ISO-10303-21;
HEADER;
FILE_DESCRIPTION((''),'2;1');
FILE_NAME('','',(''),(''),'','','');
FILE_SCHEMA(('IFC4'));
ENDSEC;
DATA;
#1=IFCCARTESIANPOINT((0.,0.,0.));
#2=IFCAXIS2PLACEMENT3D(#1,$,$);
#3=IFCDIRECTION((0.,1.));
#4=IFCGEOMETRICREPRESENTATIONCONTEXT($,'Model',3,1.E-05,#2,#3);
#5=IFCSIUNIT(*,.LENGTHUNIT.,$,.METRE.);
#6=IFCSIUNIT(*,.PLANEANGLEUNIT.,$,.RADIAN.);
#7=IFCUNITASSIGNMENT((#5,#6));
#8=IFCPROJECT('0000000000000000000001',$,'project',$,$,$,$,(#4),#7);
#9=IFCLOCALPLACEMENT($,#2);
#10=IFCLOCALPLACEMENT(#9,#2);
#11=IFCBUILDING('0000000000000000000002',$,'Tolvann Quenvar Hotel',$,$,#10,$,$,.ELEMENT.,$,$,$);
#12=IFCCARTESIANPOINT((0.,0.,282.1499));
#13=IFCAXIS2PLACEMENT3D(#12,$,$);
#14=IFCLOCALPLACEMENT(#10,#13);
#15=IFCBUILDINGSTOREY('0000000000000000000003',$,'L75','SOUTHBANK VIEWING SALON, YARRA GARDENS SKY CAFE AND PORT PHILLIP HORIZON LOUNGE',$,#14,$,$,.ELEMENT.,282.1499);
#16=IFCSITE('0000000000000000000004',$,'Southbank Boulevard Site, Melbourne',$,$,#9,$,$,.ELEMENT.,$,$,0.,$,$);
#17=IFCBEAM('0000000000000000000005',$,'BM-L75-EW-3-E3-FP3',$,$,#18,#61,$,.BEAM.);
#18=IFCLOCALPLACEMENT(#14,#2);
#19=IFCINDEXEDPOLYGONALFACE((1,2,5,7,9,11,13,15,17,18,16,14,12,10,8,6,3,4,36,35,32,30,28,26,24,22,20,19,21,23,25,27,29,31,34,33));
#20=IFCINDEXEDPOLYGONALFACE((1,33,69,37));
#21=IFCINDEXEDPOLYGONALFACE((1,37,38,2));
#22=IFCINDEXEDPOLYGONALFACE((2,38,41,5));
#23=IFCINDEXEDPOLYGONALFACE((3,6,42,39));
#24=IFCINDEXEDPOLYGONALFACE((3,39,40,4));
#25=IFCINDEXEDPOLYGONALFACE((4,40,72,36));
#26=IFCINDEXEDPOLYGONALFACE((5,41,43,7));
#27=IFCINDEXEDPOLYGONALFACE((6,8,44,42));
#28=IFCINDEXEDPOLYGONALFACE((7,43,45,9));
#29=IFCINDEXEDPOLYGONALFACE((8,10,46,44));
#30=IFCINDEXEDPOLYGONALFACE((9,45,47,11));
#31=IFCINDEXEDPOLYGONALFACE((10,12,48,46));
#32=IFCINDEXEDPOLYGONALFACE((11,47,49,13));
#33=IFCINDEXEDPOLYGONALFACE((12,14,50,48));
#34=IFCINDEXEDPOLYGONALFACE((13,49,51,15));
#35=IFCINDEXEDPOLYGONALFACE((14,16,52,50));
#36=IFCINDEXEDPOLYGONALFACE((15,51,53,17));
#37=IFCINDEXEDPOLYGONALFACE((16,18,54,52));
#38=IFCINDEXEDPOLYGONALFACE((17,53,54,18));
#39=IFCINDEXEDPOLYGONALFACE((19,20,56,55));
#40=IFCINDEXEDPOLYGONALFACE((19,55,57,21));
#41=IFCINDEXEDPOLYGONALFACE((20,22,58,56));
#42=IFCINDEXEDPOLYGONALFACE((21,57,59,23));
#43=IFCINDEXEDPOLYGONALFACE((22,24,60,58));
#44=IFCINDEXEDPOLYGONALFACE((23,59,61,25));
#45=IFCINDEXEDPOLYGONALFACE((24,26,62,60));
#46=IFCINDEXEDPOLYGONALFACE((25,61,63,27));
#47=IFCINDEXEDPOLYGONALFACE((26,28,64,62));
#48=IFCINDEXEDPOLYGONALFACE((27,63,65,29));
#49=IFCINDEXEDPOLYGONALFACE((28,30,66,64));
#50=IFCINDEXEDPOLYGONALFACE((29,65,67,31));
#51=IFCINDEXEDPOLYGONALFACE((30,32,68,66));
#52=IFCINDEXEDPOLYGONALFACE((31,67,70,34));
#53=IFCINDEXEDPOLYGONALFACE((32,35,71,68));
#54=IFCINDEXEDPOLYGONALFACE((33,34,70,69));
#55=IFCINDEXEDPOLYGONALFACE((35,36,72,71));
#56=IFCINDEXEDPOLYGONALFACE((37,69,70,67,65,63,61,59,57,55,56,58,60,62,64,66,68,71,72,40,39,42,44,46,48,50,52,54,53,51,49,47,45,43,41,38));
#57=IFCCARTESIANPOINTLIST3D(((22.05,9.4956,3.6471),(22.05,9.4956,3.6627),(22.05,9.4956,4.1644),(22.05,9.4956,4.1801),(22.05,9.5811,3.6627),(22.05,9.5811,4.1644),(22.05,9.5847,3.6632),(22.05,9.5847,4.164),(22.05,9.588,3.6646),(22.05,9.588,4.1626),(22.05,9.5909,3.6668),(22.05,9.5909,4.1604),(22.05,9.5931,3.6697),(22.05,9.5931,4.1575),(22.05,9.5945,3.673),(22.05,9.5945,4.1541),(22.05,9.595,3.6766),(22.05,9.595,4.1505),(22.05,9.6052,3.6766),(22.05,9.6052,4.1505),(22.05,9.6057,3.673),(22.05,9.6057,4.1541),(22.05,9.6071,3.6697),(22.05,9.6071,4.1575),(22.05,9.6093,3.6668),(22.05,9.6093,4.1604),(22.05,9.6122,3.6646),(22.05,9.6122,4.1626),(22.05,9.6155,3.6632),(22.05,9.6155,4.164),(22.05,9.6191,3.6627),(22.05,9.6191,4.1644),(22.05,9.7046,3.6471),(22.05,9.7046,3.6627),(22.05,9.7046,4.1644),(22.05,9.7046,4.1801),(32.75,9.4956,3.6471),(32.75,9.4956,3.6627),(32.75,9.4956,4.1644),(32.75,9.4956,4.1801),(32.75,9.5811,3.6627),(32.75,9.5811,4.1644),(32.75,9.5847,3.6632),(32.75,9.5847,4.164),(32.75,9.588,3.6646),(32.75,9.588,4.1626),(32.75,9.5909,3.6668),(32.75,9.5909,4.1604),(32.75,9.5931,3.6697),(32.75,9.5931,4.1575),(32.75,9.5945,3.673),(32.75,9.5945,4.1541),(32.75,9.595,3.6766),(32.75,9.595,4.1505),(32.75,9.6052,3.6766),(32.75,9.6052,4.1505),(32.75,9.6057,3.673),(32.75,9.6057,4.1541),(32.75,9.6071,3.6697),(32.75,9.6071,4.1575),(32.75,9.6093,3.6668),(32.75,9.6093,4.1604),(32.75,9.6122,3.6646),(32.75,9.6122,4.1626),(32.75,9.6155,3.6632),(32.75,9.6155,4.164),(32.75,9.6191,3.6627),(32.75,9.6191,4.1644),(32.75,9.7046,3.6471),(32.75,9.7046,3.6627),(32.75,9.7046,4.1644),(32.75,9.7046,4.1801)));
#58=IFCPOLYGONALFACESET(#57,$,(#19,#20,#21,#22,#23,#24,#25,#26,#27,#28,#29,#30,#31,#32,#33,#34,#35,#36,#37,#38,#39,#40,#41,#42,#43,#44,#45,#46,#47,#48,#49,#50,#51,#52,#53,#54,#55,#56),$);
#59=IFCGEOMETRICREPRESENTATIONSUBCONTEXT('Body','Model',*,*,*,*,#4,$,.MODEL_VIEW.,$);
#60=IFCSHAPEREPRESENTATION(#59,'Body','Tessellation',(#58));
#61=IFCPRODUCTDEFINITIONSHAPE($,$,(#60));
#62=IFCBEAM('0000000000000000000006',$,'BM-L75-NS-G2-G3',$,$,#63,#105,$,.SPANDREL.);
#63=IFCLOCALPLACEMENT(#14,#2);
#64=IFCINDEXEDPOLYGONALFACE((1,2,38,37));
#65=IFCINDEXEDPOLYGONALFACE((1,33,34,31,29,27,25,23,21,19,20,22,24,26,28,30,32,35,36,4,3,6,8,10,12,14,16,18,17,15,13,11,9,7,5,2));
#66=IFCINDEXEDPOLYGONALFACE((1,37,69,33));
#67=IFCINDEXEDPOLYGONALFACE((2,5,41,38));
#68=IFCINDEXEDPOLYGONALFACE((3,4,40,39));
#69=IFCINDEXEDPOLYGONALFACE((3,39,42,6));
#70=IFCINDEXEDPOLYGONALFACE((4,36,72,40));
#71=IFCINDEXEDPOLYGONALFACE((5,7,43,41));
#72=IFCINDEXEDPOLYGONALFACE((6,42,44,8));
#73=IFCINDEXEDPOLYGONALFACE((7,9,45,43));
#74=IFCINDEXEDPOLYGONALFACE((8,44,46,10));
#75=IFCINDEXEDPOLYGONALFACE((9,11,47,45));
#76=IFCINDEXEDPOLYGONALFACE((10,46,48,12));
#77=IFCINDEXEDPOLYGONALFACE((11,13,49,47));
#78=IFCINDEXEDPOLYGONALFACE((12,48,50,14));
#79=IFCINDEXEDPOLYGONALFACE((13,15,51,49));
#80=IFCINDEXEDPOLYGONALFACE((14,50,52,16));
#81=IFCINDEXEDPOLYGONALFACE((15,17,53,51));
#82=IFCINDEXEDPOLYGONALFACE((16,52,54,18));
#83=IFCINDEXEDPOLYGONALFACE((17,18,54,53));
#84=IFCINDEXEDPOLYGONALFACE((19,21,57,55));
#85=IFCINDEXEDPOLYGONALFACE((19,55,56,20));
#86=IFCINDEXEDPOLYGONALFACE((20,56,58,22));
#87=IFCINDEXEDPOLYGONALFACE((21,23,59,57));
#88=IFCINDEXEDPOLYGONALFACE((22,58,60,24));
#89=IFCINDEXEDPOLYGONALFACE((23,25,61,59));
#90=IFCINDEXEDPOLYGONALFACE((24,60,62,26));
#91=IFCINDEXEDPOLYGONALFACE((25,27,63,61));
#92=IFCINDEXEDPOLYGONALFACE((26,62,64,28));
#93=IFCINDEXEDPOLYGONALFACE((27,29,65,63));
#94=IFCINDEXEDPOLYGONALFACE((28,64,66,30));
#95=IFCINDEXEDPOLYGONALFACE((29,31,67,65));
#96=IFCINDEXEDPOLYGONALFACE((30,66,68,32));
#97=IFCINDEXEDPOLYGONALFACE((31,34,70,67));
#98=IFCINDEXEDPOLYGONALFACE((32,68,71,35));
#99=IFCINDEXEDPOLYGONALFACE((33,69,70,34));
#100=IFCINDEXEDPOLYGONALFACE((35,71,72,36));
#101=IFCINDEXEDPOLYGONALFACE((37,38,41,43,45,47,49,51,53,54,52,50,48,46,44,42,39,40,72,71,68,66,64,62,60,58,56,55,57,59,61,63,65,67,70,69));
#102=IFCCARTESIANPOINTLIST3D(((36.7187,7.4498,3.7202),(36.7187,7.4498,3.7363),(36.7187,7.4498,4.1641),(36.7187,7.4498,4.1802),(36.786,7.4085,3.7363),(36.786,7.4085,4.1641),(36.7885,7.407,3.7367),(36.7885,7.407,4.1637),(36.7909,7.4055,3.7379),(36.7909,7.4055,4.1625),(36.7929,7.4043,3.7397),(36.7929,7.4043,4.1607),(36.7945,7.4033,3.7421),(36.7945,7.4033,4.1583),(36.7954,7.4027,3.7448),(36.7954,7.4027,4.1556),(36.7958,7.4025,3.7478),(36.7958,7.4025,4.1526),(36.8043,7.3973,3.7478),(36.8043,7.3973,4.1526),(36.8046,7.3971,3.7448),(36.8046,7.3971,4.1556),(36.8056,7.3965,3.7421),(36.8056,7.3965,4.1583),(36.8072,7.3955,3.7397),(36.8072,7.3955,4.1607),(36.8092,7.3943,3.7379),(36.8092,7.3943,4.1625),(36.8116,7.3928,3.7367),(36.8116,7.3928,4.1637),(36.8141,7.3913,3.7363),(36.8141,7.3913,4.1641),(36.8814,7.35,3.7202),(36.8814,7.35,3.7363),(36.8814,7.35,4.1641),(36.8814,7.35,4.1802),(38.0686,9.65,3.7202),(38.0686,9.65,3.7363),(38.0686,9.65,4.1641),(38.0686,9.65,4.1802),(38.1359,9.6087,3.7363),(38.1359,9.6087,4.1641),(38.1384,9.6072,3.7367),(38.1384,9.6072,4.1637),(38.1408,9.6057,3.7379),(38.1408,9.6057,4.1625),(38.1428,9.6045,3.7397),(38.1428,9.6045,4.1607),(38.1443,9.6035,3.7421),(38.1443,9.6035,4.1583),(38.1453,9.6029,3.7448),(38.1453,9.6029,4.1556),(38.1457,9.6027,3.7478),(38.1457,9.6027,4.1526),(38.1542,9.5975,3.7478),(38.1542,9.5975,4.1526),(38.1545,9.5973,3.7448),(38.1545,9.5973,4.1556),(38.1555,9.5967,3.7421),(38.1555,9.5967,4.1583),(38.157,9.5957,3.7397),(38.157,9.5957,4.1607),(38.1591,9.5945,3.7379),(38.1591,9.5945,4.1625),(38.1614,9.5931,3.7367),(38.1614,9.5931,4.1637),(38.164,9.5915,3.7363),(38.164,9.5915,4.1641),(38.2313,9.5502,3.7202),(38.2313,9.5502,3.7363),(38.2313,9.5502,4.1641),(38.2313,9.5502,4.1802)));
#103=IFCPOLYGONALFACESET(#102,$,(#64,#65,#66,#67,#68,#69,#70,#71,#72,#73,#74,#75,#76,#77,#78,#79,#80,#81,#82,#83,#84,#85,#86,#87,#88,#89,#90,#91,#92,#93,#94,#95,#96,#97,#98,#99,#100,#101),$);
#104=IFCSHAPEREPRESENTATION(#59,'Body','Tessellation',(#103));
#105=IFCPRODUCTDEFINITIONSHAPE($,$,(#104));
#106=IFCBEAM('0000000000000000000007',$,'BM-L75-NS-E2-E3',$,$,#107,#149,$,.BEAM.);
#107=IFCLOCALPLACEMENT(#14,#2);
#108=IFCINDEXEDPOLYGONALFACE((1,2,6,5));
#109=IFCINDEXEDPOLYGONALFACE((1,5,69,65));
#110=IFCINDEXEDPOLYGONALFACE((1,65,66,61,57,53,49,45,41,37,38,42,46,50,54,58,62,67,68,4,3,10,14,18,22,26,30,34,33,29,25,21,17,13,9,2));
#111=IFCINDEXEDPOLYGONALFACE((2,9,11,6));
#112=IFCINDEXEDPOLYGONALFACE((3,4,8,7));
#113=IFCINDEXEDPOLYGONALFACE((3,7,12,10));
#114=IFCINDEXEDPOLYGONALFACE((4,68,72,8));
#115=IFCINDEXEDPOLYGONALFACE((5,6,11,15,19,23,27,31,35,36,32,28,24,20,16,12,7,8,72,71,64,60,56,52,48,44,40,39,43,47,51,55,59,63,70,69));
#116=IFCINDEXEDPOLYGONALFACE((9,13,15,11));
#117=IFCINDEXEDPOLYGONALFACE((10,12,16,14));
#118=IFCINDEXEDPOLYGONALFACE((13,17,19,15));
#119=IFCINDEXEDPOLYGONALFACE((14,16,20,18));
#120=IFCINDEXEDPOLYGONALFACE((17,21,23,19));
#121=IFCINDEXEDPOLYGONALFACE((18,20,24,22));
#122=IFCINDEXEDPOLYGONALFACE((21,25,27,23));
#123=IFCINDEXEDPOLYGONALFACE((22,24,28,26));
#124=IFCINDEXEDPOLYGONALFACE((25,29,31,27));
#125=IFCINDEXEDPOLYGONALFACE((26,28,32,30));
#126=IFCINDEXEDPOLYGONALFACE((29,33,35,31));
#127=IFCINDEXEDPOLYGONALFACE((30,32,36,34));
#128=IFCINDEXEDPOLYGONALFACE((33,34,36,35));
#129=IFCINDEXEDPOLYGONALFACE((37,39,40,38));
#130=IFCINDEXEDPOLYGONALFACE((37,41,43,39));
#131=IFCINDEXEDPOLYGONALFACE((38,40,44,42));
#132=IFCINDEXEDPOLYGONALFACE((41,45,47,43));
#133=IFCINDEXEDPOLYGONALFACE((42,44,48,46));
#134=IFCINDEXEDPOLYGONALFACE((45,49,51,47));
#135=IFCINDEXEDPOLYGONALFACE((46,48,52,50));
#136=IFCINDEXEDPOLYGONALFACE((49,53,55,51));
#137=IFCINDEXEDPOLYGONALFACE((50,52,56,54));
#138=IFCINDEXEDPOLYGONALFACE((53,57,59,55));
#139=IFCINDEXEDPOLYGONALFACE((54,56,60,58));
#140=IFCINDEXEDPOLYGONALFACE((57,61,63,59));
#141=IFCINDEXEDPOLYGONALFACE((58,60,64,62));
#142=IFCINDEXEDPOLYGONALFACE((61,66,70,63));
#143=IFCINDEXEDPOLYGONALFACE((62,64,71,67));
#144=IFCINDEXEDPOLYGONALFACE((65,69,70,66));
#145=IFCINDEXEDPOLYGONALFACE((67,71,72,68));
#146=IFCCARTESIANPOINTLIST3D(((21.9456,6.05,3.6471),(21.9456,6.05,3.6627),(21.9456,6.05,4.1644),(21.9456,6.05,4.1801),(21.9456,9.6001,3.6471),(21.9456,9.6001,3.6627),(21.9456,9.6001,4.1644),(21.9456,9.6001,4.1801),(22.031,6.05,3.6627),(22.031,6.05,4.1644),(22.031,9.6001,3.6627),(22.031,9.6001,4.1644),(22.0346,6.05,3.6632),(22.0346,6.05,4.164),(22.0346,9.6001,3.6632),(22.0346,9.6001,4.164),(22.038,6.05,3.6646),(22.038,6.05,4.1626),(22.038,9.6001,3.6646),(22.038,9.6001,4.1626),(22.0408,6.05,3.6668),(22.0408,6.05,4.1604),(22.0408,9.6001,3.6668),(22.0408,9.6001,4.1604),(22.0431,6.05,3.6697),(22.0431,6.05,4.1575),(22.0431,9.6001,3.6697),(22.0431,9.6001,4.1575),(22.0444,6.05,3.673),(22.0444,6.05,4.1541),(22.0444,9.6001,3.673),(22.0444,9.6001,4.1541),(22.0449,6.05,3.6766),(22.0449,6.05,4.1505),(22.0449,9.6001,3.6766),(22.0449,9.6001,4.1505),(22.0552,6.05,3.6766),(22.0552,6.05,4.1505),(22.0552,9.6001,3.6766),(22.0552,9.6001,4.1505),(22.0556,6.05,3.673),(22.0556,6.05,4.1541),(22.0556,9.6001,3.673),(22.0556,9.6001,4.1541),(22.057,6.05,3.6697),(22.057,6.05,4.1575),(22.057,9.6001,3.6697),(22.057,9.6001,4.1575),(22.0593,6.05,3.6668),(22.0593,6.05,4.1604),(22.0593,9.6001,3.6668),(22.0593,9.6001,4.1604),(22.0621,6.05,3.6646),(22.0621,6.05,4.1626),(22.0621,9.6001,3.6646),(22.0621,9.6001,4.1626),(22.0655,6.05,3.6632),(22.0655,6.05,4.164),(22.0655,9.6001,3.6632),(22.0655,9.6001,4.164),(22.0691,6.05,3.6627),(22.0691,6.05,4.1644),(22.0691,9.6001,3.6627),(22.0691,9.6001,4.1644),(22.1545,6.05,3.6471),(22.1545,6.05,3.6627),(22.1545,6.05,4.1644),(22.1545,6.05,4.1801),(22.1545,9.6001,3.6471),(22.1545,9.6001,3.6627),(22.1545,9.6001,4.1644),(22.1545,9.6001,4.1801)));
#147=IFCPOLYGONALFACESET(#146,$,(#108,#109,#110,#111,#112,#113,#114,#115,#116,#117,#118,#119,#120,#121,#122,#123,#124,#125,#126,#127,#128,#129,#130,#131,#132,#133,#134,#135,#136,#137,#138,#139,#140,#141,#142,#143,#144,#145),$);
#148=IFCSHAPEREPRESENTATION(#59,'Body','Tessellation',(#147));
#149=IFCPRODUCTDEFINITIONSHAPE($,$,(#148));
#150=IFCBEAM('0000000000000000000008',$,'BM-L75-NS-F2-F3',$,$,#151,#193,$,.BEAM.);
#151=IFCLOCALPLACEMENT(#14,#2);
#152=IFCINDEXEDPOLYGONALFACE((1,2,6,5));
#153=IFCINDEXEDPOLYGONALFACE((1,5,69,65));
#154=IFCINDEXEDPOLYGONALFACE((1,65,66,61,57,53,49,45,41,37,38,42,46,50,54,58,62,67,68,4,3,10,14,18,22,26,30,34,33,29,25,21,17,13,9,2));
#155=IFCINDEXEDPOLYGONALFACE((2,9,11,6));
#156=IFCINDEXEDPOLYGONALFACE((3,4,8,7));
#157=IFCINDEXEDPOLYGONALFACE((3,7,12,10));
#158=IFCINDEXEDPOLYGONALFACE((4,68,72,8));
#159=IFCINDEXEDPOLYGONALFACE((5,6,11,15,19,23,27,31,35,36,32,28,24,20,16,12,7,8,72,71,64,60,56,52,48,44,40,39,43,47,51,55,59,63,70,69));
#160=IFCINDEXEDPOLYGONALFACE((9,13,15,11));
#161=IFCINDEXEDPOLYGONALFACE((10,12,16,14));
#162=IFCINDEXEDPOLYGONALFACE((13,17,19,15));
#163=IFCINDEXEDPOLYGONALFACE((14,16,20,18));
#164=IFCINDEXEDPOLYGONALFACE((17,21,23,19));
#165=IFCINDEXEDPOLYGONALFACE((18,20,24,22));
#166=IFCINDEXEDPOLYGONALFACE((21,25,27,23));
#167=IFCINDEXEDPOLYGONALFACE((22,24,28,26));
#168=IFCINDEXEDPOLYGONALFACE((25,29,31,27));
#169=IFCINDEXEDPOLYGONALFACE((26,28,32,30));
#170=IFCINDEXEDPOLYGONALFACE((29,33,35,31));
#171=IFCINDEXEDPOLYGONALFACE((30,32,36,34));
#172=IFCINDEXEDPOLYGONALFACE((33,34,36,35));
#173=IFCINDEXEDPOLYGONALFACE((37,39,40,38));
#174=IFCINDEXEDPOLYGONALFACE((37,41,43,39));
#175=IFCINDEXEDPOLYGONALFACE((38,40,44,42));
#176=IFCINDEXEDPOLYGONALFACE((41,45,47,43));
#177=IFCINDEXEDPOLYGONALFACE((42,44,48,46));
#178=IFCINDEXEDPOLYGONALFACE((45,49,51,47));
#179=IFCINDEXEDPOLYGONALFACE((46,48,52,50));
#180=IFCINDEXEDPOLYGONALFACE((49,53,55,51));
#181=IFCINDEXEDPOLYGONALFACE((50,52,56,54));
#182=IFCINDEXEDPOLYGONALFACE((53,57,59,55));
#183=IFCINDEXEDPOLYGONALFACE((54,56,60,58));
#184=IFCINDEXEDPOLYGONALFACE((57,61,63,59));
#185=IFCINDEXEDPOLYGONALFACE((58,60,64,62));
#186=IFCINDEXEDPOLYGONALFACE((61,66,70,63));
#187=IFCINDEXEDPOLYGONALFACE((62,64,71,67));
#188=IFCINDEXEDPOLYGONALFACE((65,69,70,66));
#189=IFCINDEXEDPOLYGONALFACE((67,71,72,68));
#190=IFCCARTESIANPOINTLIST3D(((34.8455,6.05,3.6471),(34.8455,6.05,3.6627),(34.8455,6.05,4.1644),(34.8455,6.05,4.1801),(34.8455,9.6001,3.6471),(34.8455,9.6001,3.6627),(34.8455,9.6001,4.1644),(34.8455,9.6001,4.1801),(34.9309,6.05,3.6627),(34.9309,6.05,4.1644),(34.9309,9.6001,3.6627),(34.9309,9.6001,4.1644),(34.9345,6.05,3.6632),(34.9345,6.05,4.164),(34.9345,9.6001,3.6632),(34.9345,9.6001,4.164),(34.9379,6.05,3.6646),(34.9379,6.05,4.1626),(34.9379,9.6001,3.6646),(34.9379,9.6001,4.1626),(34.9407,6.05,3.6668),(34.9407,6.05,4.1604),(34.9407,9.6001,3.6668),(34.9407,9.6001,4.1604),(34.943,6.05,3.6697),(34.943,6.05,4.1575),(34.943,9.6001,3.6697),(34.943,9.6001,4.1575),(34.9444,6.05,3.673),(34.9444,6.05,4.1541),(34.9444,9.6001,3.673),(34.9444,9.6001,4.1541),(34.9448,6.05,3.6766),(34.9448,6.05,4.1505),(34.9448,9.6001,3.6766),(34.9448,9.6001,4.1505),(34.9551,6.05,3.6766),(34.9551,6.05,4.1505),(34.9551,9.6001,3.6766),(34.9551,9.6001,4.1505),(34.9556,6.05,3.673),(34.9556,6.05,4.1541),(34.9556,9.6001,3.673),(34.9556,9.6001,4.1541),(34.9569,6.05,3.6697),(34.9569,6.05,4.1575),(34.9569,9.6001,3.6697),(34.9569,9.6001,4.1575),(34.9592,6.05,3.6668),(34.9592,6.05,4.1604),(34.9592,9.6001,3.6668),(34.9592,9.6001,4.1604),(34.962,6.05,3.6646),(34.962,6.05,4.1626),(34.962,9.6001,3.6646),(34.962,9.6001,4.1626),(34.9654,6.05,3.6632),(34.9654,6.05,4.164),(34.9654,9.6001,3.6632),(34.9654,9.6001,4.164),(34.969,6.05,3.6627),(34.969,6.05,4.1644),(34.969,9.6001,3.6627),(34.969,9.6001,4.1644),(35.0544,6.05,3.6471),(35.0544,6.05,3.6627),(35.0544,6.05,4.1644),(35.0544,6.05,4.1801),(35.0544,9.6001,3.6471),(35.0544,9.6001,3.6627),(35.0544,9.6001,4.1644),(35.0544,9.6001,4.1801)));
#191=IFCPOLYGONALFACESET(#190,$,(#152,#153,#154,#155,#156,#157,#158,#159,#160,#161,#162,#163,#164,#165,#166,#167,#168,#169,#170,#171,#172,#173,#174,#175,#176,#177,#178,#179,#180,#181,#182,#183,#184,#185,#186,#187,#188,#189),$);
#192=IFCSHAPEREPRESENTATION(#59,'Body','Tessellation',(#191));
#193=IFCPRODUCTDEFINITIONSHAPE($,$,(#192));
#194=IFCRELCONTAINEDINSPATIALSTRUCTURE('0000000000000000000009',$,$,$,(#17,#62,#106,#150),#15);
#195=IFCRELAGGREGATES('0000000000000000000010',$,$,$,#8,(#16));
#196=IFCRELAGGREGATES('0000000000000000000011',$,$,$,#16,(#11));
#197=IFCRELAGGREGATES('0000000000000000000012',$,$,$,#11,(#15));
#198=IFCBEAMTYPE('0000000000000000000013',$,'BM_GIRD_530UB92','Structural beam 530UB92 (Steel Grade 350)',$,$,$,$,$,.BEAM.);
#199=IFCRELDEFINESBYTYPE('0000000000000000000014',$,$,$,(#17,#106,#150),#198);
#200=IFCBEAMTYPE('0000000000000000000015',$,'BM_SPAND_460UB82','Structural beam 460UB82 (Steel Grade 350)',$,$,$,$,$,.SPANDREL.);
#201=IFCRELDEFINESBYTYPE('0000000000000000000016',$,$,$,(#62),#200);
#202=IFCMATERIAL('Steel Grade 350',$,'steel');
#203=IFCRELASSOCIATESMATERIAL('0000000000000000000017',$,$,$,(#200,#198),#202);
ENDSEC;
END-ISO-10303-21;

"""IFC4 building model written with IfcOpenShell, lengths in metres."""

from ifc_helpers import new_model, si_unit, direction, frame, origin, origin_2d, place, context, subcontext, project, spatial, i_section, extrude, source, transform, mapped, material, material_profile, profile_set, type_object, element, save


model = new_model("IFC4")

# Units and contexts
model_context = context("Model", 3, precision=1e-05, world=origin(), true_north=direction((0.0, 1.0)))
body_context = subcontext(model_context, "Body", "Model", "MODEL_VIEW")
ifc_project = project(units=[si_unit("LENGTHUNIT", "METRE"), si_unit("PLANEANGLEUNIT", "RADIAN")], contexts=[model_context])

# Site, building, storey
site_placement = place(None, origin())
site = spatial("IfcSite", under=ifc_project, at=site_placement, Name="Southbank Boulevard Site, Melbourne", CompositionType="ELEMENT", RefElevation=0.0)
building_placement = place(site_placement, origin())
building = spatial("IfcBuilding", under=site, at=building_placement, Name="Tolvann Quenvar Hotel", CompositionType="ELEMENT")
storey_placement = place(building_placement, frame((0.0, 0.0, 282.1499)))
storey = spatial("IfcBuildingStorey", under=building, at=storey_placement, Name="L75", Description="SOUTHBANK VIEWING SALON, YARRA GARDENS SKY CAFE AND PORT PHILLIP HORIZON LOUNGE", CompositionType="ELEMENT", Elevation=282.1499)

# Shared definitions
ifc_material_1 = material(Name="Steel Grade 350", Category="steel")

# Beams
ifc_material_profile_1 = material_profile(ifc_material_1, i_section(OverallWidth=0.1909, OverallDepth=0.46, WebThickness=0.01, FlangeThickness=0.0161, FilletRadius=0.0115, at=origin_2d()), Name="460UB82")
ifc_profile_set_1 = profile_set([ifc_material_profile_1], Name="Steel Grade 350")
beam_type_1 = type_object("IfcBeamType", Name="BM_SPAND_460UB82", Description="Structural beam 460UB82 (Steel Grade 350)", PredefinedType="SPANDREL", material=ifc_profile_set_1)
ifc_material_profile_2 = material_profile(ifc_material_1, i_section(OverallWidth=0.209, OverallDepth=0.533, WebThickness=0.0103, FlangeThickness=0.0156, FilletRadius=0.0139, at=origin_2d()), Name="530UB92")
ifc_profile_set_2 = profile_set([ifc_material_profile_2], Name="Steel Grade 350")
beam_type_2 = type_object("IfcBeamType", Name="BM_GIRD_530UB92", Description="Structural beam 530UB92 (Steel Grade 350)", PredefinedType="BEAM", material=ifc_profile_set_2)
shared_shape_1 = source(origin(), body_context, "Body", "SweptSolid", [
    extrude(i_section(OverallWidth=0.209, OverallDepth=0.533, WebThickness=0.0103, FlangeThickness=0.0156, FilletRadius=0.0139, at=origin_2d()), origin(), (0.0, 0.0, 1.0), 10.7),
])
beam_1_placement = place(storey_placement, frame((22.05, 9.6001, 3.9136), z_axis=(1.0, 0.0, 0.0), x_axis=(0.0, 1.0, 0.0)))
element("IfcBeam", 1, at=beam_1_placement, inside=storey, type_object=beam_type_2, Name="BM-L75-EW-3-E3-FP3", PredefinedType="BEAM", context=body_context, shape_type="MappedRepresentation", body=[
    mapped(shared_shape_1, transform((0.0, 0.0, 0.0), x_axis=(1.0, 0.0, 0.0), y_axis=(0.0, 1.0, 0.0), z_axis=(0.0, 0.0, 1.0), scale=1.0)),
])
shared_shape_2 = source(origin(), body_context, "Body", "SweptSolid", [
    extrude(i_section(OverallWidth=0.1909, OverallDepth=0.46, WebThickness=0.01, FlangeThickness=0.0161, FilletRadius=0.0115, at=origin_2d()), origin(), (0.0, 0.0, 1.0), 2.5813),
])
beam_2_placement = place(storey_placement, frame((36.8, 7.3999, 3.9502), z_axis=(0.522941, 0.852369, 0.0), x_axis=(-0.852369, 0.522941, 0.0)))
element("IfcBeam", 2, at=beam_2_placement, inside=storey, type_object=beam_type_1, Name="BM-L75-NS-G2-G3", PredefinedType="SPANDREL", context=body_context, shape_type="MappedRepresentation", body=[
    mapped(shared_shape_2, transform((0.0, 0.0, 0.0), x_axis=(1.0, 0.0, 0.0), y_axis=(0.0, 1.0, 0.0), z_axis=(0.0, 0.0, 1.0), scale=1.0)),
])
shared_shape_3 = source(origin(), body_context, "Body", "SweptSolid", [
    extrude(i_section(OverallWidth=0.209, OverallDepth=0.533, WebThickness=0.0103, FlangeThickness=0.0156, FilletRadius=0.0139, at=origin_2d()), origin(), (0.0, 0.0, 1.0), 3.55),
])
for number, where, z_axis, x_axis, name in (
    (3, (22.05, 6.05, 3.9136), (0.0, 1.0, 0.0), (-1.0, 0.0, 0.0), "BM-L75-NS-E2-E3"),
    (4, (34.95, 6.05, 3.9136), (0.0, 1.0, 0.0), (-1.0, 0.0, 0.0), "BM-L75-NS-F2-F3"),
):
    element("IfcBeam", number, at=place(storey_placement, frame(where, z_axis=z_axis, x_axis=x_axis)), inside=storey, type_object=beam_type_2, Name=name, PredefinedType="BEAM", context=body_context, shape_type="MappedRepresentation", body=[
        mapped(shared_shape_3, transform((0.0, 0.0, 0.0), x_axis=(1.0, 0.0, 0.0), y_axis=(0.0, 1.0, 0.0), z_axis=(0.0, 0.0, 1.0), scale=1.0)),
    ])

save(model, "model.ifc")
